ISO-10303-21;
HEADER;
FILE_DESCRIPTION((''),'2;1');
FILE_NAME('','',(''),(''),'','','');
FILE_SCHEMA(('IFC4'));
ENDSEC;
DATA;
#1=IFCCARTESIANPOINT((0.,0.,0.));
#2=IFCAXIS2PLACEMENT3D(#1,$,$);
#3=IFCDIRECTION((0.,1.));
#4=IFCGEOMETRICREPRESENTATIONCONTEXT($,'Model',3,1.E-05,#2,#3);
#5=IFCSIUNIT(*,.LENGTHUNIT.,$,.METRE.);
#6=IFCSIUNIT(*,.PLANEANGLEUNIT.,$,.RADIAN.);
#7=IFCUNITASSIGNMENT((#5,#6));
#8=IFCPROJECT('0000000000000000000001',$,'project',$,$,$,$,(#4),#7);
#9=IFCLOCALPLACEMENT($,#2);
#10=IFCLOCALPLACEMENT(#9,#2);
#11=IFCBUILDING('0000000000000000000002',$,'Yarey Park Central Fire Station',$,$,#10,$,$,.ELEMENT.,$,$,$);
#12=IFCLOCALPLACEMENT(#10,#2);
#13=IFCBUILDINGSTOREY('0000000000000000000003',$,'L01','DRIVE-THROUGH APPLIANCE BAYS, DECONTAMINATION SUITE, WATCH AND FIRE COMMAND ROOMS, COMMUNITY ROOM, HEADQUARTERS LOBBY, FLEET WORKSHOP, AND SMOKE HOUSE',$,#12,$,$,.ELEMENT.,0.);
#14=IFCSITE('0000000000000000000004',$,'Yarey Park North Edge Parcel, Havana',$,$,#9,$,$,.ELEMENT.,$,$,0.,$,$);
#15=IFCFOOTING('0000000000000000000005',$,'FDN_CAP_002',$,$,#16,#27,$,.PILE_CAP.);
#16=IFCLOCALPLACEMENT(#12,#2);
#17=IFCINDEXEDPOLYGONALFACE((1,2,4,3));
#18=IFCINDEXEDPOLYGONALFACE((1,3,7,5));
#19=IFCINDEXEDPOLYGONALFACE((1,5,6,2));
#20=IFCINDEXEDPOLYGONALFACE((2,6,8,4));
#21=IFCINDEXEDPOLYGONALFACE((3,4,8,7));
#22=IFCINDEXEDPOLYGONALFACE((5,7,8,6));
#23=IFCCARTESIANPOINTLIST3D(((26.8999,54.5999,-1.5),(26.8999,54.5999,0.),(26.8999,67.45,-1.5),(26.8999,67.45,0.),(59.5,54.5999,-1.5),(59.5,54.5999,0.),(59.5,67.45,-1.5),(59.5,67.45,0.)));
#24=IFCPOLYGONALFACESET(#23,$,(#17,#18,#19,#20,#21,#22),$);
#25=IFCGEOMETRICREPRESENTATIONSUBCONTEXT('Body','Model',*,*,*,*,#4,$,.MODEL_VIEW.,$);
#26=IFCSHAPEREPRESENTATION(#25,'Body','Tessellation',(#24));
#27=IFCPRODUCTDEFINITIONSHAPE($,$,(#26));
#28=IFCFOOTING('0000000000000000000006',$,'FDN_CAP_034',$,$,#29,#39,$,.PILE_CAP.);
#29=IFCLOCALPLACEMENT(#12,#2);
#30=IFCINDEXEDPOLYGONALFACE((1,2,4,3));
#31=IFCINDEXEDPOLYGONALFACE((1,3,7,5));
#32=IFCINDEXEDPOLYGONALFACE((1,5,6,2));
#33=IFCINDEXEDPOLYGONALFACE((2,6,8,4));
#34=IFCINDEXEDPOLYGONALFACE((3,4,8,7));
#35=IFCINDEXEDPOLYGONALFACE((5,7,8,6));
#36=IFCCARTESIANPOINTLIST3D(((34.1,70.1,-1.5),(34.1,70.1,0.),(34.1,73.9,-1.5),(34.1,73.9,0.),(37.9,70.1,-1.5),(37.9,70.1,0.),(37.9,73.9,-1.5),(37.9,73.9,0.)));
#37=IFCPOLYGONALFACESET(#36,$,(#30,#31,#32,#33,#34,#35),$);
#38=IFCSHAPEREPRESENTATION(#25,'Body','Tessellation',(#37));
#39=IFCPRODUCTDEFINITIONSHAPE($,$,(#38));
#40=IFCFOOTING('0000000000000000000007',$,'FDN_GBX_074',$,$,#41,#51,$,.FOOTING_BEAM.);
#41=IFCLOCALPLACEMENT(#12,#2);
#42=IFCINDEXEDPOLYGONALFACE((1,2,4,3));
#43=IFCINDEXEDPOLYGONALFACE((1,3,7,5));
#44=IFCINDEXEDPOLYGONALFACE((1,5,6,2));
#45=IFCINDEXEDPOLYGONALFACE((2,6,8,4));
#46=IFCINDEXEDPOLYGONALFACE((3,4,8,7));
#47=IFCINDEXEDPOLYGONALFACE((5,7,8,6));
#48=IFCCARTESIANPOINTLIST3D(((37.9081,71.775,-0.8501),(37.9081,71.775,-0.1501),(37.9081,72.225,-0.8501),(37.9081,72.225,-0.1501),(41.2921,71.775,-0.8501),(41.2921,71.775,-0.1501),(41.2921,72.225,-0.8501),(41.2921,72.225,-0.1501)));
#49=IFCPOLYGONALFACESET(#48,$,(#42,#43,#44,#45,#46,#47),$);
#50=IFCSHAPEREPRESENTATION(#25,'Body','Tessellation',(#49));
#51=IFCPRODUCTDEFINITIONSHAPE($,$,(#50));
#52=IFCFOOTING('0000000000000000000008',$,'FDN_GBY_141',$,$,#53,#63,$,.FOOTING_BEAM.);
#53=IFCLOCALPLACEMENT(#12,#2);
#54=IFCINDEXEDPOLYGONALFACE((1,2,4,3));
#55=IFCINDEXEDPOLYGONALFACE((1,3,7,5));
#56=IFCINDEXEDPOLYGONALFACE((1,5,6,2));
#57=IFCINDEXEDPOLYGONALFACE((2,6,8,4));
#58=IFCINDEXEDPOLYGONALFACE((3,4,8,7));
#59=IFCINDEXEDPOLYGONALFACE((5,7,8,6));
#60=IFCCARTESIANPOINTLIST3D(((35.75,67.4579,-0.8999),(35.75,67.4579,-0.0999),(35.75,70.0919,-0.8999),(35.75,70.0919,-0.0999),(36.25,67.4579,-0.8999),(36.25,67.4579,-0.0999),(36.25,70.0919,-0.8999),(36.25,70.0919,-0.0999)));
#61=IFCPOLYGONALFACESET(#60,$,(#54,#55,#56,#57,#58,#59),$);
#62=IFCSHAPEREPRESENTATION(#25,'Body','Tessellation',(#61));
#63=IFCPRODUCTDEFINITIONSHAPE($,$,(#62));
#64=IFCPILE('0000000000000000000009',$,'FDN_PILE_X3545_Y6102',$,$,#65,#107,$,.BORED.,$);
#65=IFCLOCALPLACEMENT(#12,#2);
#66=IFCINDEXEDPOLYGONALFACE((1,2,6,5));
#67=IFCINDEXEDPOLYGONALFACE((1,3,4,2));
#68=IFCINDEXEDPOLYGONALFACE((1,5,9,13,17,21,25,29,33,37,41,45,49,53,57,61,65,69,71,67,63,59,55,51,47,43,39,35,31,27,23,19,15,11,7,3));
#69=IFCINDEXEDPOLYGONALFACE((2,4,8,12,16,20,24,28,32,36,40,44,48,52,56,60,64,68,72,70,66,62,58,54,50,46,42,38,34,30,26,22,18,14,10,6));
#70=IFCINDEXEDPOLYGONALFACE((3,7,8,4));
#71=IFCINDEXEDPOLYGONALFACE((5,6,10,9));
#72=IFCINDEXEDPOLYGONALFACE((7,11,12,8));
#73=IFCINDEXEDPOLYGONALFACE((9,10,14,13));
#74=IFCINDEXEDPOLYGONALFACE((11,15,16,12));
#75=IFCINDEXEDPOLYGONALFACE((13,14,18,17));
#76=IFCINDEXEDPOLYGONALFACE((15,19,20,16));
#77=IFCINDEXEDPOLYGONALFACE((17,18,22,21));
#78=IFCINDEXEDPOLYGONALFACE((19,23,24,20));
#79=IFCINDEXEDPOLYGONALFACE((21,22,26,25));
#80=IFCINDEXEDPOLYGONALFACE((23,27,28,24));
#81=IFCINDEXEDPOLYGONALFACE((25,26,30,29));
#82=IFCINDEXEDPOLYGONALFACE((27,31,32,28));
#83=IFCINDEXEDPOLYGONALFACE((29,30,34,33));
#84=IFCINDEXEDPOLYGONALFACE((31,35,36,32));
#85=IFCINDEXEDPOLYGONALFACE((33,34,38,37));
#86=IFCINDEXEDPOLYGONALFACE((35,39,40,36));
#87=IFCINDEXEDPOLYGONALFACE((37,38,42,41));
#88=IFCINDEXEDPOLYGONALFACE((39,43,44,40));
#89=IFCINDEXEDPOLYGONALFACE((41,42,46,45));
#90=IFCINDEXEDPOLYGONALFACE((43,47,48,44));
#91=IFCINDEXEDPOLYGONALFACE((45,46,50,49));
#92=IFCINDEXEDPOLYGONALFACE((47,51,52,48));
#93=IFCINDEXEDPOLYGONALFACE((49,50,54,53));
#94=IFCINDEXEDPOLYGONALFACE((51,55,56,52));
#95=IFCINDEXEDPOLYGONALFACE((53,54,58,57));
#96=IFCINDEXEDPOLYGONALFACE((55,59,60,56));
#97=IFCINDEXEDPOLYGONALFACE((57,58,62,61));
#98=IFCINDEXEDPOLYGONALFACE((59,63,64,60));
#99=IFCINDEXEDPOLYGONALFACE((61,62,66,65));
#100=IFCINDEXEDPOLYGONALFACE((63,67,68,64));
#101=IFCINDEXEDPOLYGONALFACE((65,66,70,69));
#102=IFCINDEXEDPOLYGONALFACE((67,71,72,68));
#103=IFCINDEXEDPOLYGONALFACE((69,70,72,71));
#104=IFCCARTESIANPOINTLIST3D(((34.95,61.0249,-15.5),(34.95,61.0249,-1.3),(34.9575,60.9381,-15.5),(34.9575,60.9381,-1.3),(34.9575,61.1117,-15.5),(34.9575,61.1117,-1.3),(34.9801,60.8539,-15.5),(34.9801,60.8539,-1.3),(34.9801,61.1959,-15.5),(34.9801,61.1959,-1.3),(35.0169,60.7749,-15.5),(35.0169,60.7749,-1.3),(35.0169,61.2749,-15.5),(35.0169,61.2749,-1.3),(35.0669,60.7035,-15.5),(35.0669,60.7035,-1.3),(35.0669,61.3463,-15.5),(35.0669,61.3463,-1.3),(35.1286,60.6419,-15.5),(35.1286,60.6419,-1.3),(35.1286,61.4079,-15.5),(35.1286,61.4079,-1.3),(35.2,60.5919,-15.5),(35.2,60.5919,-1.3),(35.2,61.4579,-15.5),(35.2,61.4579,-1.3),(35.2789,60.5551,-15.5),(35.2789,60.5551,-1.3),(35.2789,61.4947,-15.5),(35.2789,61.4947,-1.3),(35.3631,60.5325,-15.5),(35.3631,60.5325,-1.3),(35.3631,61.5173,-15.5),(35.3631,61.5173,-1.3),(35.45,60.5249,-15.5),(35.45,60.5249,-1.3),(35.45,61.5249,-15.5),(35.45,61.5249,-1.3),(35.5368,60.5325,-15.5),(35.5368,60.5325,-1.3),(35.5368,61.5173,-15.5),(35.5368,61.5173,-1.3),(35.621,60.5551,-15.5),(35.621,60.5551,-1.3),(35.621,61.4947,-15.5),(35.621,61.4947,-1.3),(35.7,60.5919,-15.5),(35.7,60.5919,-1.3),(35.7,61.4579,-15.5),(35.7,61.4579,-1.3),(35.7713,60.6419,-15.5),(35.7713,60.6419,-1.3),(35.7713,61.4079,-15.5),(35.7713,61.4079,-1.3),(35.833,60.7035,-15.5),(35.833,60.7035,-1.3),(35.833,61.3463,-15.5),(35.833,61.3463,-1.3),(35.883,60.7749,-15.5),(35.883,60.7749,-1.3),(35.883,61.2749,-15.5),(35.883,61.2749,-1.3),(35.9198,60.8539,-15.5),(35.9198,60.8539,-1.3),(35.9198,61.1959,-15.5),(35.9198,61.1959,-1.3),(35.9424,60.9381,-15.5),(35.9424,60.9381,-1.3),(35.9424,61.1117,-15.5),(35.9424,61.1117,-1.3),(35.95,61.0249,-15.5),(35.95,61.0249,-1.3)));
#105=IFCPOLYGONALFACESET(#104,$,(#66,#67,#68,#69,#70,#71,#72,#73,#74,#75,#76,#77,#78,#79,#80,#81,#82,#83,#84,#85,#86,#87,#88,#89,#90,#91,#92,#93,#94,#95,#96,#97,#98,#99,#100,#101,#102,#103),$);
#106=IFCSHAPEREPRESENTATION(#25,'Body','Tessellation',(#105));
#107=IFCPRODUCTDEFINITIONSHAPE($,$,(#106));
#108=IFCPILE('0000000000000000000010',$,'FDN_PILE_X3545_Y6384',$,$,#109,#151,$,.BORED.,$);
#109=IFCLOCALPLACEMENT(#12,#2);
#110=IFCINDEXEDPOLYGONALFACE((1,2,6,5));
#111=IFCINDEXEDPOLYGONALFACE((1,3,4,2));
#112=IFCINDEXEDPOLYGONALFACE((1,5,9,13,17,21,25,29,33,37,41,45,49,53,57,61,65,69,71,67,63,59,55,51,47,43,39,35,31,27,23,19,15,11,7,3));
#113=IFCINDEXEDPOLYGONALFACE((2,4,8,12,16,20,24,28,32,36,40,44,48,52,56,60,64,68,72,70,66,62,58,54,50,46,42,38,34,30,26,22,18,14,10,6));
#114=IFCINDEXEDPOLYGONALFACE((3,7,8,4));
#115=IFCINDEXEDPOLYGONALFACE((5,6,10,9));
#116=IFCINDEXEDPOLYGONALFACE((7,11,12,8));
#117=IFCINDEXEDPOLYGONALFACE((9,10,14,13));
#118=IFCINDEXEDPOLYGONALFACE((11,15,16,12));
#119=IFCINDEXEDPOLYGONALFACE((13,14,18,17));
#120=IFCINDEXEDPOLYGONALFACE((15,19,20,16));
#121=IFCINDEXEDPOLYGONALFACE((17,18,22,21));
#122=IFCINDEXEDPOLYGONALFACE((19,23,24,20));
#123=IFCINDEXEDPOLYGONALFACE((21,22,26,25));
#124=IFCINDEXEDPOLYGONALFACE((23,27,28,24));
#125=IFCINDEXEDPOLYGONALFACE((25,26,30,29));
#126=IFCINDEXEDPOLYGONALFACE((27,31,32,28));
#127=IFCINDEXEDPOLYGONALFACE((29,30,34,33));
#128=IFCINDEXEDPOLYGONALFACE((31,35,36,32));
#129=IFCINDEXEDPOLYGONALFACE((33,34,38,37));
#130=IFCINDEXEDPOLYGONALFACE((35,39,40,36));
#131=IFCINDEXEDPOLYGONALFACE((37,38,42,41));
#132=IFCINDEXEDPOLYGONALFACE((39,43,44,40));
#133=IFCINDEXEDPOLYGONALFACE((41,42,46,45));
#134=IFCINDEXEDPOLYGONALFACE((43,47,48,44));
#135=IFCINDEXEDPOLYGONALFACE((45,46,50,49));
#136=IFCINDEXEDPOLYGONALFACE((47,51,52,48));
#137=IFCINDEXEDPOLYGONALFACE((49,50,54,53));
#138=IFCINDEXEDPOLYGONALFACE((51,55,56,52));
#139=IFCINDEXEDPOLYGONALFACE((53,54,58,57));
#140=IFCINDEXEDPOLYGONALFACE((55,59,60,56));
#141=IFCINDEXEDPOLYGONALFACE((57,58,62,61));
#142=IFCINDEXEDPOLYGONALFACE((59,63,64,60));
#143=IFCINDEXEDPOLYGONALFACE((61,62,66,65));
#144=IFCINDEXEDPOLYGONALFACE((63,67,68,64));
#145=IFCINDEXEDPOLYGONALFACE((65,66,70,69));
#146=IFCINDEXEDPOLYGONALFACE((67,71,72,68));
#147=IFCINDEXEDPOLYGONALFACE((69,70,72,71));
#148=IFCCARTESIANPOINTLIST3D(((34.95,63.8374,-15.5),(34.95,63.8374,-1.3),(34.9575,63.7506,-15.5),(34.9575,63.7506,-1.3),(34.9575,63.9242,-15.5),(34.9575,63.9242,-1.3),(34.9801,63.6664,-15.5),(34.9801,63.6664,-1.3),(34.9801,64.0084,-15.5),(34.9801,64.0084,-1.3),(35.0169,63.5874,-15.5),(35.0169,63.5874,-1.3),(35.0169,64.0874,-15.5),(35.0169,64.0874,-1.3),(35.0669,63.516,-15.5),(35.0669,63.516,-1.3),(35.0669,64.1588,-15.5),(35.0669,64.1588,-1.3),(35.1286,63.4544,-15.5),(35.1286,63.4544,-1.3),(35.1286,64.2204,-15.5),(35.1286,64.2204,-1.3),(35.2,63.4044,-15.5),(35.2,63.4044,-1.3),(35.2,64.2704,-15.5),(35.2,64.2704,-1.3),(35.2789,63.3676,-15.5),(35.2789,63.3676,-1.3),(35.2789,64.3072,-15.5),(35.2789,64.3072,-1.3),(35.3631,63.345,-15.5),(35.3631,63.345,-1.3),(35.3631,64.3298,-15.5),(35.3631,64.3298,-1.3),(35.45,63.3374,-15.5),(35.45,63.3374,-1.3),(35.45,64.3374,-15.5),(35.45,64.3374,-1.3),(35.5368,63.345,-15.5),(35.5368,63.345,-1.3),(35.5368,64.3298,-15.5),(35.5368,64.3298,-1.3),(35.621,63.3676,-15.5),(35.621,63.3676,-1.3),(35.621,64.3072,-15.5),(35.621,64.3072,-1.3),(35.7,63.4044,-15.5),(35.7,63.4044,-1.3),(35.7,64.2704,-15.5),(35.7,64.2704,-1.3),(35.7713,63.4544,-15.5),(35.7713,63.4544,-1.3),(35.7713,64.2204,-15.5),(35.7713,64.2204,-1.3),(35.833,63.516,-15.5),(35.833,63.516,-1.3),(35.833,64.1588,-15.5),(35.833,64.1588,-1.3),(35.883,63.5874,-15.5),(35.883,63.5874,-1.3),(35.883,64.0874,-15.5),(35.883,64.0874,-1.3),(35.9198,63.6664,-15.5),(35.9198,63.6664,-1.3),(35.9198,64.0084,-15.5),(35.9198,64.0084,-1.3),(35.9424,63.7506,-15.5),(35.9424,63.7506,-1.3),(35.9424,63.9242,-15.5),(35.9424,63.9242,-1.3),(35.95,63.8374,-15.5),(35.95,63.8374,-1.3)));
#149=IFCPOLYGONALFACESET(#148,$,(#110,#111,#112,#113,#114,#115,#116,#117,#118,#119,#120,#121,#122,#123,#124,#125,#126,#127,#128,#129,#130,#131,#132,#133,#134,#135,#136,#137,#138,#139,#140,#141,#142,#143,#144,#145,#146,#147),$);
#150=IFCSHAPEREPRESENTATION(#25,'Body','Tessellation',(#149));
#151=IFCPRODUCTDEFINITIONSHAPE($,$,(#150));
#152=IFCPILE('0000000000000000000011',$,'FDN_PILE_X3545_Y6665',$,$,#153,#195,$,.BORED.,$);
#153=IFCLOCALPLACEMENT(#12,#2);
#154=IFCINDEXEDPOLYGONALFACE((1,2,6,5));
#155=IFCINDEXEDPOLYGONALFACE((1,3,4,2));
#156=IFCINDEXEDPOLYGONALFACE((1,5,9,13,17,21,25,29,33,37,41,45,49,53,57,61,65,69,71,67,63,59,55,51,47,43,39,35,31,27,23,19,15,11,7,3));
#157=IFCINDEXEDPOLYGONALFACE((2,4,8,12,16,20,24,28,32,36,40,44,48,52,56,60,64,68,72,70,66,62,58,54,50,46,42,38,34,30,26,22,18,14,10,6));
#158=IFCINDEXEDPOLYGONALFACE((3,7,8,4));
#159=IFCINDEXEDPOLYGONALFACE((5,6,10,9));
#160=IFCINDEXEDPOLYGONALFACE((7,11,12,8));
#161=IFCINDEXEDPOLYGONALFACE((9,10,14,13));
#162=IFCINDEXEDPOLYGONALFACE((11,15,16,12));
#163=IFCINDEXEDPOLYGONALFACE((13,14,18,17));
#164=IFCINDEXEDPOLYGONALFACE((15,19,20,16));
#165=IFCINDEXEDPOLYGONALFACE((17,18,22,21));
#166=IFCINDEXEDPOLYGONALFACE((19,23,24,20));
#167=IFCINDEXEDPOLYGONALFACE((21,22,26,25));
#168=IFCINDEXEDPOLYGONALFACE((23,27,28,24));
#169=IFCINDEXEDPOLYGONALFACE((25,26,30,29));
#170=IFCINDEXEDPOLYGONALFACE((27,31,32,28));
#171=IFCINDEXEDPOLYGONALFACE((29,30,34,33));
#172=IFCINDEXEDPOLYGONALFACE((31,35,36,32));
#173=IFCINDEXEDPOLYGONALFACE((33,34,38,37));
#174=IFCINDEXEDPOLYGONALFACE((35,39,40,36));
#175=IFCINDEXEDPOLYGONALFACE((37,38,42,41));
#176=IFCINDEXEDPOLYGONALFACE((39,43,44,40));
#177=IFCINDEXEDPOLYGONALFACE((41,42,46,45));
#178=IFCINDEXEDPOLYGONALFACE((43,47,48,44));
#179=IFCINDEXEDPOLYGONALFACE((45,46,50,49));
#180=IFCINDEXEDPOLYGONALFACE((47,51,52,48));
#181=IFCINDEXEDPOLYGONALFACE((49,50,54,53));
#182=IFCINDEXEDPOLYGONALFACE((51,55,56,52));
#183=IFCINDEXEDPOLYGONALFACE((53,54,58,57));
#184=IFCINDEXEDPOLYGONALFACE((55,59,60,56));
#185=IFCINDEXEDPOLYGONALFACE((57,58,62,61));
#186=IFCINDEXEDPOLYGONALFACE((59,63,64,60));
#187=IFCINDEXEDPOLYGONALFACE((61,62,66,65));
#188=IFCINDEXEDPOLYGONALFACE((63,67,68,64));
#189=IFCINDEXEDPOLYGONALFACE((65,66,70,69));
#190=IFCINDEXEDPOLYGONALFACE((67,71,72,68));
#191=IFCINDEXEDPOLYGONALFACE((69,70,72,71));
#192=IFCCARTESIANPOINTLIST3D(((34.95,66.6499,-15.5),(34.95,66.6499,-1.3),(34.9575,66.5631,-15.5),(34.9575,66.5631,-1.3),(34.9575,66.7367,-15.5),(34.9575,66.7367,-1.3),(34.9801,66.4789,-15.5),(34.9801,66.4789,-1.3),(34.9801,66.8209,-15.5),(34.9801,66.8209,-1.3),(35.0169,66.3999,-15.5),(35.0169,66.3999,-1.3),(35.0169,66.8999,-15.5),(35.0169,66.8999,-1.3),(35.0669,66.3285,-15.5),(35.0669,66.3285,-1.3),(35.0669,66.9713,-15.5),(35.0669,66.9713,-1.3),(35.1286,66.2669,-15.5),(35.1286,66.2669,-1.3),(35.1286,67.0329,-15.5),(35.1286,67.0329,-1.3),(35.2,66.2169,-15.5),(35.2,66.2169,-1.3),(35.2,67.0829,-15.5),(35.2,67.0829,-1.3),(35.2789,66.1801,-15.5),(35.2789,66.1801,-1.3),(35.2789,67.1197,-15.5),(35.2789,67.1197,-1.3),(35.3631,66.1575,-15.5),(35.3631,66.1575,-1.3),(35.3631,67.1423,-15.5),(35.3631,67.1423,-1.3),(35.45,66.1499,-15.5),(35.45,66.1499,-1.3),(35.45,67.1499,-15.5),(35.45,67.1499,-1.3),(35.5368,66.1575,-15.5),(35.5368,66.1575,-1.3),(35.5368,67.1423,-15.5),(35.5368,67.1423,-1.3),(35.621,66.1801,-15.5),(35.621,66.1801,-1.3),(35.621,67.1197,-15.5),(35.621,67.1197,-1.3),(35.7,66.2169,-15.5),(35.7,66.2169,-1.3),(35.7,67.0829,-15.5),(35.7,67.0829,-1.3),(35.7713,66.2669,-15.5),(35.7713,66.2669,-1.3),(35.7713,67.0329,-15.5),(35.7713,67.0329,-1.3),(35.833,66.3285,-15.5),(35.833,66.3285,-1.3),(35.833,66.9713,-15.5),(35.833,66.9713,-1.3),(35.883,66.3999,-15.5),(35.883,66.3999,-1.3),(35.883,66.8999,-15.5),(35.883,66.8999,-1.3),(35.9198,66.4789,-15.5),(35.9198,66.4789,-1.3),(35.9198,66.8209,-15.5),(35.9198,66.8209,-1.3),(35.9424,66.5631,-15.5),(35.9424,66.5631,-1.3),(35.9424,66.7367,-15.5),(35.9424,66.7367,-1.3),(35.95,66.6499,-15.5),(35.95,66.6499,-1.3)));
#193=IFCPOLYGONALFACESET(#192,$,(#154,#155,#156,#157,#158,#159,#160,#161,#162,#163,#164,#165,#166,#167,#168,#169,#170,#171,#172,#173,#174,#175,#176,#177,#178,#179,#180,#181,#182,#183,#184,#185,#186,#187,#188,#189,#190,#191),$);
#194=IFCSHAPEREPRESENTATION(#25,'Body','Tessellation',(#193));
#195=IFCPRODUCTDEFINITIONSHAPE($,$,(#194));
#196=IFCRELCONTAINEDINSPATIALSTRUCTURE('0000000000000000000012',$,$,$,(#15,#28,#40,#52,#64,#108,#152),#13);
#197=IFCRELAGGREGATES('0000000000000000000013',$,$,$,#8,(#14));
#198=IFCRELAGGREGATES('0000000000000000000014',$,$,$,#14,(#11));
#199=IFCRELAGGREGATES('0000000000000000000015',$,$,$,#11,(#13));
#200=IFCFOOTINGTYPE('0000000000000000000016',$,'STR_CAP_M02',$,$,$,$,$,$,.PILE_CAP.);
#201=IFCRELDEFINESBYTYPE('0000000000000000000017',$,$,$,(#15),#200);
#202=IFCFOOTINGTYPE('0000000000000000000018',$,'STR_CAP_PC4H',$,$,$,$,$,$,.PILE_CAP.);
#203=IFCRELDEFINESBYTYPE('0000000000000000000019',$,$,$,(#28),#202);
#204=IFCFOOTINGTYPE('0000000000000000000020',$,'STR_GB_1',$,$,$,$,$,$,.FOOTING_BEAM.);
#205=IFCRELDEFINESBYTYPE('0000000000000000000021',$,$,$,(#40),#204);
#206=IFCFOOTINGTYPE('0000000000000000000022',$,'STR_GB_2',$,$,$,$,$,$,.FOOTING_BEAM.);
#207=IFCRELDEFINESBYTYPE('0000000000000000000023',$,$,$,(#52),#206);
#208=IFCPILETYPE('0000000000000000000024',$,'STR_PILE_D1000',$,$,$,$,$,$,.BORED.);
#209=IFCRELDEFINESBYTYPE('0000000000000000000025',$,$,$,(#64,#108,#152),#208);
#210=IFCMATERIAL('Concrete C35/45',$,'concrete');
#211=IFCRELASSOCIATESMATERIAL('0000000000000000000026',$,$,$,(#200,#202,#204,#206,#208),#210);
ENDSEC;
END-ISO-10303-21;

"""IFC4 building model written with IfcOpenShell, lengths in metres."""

from ifc_helpers import new_model, si_unit, direction, frame, origin, origin_2d, place, context, subcontext, project, spatial, rectangle, circle, extrude, material, material_profile, profile_set, type_object, element, save


model = new_model("IFC4")

# Units and contexts
model_context = context("Model", 3, precision=1e-05, world=origin(), true_north=direction((0.0, 1.0)))
body_context = subcontext(model_context, "Body", "Model", "MODEL_VIEW")
ifc_project = project(units=[si_unit("LENGTHUNIT", "METRE"), si_unit("PLANEANGLEUNIT", "RADIAN")], contexts=[model_context])

# Site, building, storey
site_placement = place(None, origin())
site = spatial("IfcSite", under=ifc_project, at=site_placement, Name="Yarey Park North Edge Parcel, Havana", CompositionType="ELEMENT", RefElevation=0.0)
building_placement = place(site_placement, origin())
building = spatial("IfcBuilding", under=site, at=building_placement, Name="Yarey Park Central Fire Station", CompositionType="ELEMENT")
storey_placement = place(building_placement, origin())
storey = spatial("IfcBuildingStorey", under=building, at=storey_placement, Name="L01", Description="DRIVE-THROUGH APPLIANCE BAYS, DECONTAMINATION SUITE, WATCH AND FIRE COMMAND ROOMS, COMMUNITY ROOM, HEADQUARTERS LOBBY, FLEET WORKSHOP, AND SMOKE HOUSE", CompositionType="ELEMENT", Elevation=0.0)

# Footings
ifc_material_1 = material(Name="Concrete C35/45", Category="concrete")
footing_type_1 = type_object("IfcFootingType", Name="STR_CAP_M02", PredefinedType="PILE_CAP", material=ifc_material_1)
footing_1_placement = place(storey_placement, frame((43.2, 61.0249, -1.5), z_axis=(0.0, 0.0, 1.0), x_axis=(1.0, 0.0, 0.0)))
element("IfcFooting", 1, at=footing_1_placement, inside=storey, type_object=footing_type_1, Name="FDN_CAP_002", PredefinedType="PILE_CAP", context=body_context, shape_type="SweptSolid", body=[
    extrude(rectangle(XDim=32.6001, YDim=12.8501, at=origin_2d()), origin(), (0.0, 0.0, 1.0), 1.5),
])
footing_type_2 = type_object("IfcFootingType", Name="STR_CAP_PC4H", PredefinedType="PILE_CAP", material=ifc_material_1)
footing_2_placement = place(storey_placement, frame((36.0, 72.0, -1.5), z_axis=(0.0, 0.0, 1.0), x_axis=(1.0, 0.0, 0.0)))
element("IfcFooting", 2, at=footing_2_placement, inside=storey, type_object=footing_type_2, Name="FDN_CAP_034", PredefinedType="PILE_CAP", context=body_context, shape_type="SweptSolid", body=[
    extrude(rectangle(XDim=3.8, YDim=3.8, at=origin_2d()), origin(), (0.0, 0.0, 1.0), 1.5),
])
footing_type_3 = type_object("IfcFootingType", Name="STR_GB_1", PredefinedType="FOOTING_BEAM", material=ifc_material_1)
footing_3_placement = place(storey_placement, frame((39.6001, 72.0, -0.8501), z_axis=(0.0, 0.0, 1.0), x_axis=(1.0, 0.0, 0.0)))
element("IfcFooting", 3, at=footing_3_placement, inside=storey, type_object=footing_type_3, Name="FDN_GBX_074", PredefinedType="FOOTING_BEAM", context=body_context, shape_type="SweptSolid", body=[
    extrude(rectangle(XDim=3.384, YDim=0.45, at=origin_2d()), origin(), (0.0, 0.0, 1.0), 0.7),
])
footing_type_4 = type_object("IfcFootingType", Name="STR_GB_2", PredefinedType="FOOTING_BEAM", material=ifc_material_1)
footing_4_placement = place(storey_placement, frame((36.0, 68.7749, -0.8999), z_axis=(0.0, 0.0, 1.0), x_axis=(1.0, 0.0, 0.0)))
element("IfcFooting", 4, at=footing_4_placement, inside=storey, type_object=footing_type_4, Name="FDN_GBY_141", PredefinedType="FOOTING_BEAM", context=body_context, shape_type="SweptSolid", body=[
    extrude(rectangle(XDim=0.5, YDim=2.634, at=origin_2d()), origin(), (0.0, 0.0, 1.0), 0.8),
])

# Piles
ifc_material_profile_1 = material_profile(ifc_material_1, circle(Radius=0.5, at=origin_2d()), Name="BORED PILE D1000")
ifc_profile_set_1 = profile_set([ifc_material_profile_1], Name="Concrete C35/45")
pile_type_1 = type_object("IfcPileType", Name="STR_PILE_D1000", PredefinedType="BORED", material=ifc_profile_set_1)
for number, where, z_axis, x_axis, name in (
    (5, (35.45, 61.0249, -1.3), (0.0, 0.0, -1.0), (1.0, 0.0, 0.0), "FDN_PILE_X3545_Y6102"),
    (6, (35.45, 63.8374, -1.3), (0.0, 0.0, -1.0), (1.0, 0.0, 0.0), "FDN_PILE_X3545_Y6384"),
    (7, (35.45, 66.6499, -1.3), (0.0, 0.0, -1.0), (1.0, 0.0, 0.0), "FDN_PILE_X3545_Y6665"),
):
    element("IfcPile", number, at=place(storey_placement, frame(where, z_axis=z_axis, x_axis=x_axis)), inside=storey, type_object=pile_type_1, Name=name, PredefinedType="BORED", context=body_context, shape_type="SweptSolid", body=[
        extrude(circle(Radius=0.5, at=origin_2d()), origin(), (0.0, 0.0, 1.0), 14.2),
    ])

save(model, "model.ifc")
